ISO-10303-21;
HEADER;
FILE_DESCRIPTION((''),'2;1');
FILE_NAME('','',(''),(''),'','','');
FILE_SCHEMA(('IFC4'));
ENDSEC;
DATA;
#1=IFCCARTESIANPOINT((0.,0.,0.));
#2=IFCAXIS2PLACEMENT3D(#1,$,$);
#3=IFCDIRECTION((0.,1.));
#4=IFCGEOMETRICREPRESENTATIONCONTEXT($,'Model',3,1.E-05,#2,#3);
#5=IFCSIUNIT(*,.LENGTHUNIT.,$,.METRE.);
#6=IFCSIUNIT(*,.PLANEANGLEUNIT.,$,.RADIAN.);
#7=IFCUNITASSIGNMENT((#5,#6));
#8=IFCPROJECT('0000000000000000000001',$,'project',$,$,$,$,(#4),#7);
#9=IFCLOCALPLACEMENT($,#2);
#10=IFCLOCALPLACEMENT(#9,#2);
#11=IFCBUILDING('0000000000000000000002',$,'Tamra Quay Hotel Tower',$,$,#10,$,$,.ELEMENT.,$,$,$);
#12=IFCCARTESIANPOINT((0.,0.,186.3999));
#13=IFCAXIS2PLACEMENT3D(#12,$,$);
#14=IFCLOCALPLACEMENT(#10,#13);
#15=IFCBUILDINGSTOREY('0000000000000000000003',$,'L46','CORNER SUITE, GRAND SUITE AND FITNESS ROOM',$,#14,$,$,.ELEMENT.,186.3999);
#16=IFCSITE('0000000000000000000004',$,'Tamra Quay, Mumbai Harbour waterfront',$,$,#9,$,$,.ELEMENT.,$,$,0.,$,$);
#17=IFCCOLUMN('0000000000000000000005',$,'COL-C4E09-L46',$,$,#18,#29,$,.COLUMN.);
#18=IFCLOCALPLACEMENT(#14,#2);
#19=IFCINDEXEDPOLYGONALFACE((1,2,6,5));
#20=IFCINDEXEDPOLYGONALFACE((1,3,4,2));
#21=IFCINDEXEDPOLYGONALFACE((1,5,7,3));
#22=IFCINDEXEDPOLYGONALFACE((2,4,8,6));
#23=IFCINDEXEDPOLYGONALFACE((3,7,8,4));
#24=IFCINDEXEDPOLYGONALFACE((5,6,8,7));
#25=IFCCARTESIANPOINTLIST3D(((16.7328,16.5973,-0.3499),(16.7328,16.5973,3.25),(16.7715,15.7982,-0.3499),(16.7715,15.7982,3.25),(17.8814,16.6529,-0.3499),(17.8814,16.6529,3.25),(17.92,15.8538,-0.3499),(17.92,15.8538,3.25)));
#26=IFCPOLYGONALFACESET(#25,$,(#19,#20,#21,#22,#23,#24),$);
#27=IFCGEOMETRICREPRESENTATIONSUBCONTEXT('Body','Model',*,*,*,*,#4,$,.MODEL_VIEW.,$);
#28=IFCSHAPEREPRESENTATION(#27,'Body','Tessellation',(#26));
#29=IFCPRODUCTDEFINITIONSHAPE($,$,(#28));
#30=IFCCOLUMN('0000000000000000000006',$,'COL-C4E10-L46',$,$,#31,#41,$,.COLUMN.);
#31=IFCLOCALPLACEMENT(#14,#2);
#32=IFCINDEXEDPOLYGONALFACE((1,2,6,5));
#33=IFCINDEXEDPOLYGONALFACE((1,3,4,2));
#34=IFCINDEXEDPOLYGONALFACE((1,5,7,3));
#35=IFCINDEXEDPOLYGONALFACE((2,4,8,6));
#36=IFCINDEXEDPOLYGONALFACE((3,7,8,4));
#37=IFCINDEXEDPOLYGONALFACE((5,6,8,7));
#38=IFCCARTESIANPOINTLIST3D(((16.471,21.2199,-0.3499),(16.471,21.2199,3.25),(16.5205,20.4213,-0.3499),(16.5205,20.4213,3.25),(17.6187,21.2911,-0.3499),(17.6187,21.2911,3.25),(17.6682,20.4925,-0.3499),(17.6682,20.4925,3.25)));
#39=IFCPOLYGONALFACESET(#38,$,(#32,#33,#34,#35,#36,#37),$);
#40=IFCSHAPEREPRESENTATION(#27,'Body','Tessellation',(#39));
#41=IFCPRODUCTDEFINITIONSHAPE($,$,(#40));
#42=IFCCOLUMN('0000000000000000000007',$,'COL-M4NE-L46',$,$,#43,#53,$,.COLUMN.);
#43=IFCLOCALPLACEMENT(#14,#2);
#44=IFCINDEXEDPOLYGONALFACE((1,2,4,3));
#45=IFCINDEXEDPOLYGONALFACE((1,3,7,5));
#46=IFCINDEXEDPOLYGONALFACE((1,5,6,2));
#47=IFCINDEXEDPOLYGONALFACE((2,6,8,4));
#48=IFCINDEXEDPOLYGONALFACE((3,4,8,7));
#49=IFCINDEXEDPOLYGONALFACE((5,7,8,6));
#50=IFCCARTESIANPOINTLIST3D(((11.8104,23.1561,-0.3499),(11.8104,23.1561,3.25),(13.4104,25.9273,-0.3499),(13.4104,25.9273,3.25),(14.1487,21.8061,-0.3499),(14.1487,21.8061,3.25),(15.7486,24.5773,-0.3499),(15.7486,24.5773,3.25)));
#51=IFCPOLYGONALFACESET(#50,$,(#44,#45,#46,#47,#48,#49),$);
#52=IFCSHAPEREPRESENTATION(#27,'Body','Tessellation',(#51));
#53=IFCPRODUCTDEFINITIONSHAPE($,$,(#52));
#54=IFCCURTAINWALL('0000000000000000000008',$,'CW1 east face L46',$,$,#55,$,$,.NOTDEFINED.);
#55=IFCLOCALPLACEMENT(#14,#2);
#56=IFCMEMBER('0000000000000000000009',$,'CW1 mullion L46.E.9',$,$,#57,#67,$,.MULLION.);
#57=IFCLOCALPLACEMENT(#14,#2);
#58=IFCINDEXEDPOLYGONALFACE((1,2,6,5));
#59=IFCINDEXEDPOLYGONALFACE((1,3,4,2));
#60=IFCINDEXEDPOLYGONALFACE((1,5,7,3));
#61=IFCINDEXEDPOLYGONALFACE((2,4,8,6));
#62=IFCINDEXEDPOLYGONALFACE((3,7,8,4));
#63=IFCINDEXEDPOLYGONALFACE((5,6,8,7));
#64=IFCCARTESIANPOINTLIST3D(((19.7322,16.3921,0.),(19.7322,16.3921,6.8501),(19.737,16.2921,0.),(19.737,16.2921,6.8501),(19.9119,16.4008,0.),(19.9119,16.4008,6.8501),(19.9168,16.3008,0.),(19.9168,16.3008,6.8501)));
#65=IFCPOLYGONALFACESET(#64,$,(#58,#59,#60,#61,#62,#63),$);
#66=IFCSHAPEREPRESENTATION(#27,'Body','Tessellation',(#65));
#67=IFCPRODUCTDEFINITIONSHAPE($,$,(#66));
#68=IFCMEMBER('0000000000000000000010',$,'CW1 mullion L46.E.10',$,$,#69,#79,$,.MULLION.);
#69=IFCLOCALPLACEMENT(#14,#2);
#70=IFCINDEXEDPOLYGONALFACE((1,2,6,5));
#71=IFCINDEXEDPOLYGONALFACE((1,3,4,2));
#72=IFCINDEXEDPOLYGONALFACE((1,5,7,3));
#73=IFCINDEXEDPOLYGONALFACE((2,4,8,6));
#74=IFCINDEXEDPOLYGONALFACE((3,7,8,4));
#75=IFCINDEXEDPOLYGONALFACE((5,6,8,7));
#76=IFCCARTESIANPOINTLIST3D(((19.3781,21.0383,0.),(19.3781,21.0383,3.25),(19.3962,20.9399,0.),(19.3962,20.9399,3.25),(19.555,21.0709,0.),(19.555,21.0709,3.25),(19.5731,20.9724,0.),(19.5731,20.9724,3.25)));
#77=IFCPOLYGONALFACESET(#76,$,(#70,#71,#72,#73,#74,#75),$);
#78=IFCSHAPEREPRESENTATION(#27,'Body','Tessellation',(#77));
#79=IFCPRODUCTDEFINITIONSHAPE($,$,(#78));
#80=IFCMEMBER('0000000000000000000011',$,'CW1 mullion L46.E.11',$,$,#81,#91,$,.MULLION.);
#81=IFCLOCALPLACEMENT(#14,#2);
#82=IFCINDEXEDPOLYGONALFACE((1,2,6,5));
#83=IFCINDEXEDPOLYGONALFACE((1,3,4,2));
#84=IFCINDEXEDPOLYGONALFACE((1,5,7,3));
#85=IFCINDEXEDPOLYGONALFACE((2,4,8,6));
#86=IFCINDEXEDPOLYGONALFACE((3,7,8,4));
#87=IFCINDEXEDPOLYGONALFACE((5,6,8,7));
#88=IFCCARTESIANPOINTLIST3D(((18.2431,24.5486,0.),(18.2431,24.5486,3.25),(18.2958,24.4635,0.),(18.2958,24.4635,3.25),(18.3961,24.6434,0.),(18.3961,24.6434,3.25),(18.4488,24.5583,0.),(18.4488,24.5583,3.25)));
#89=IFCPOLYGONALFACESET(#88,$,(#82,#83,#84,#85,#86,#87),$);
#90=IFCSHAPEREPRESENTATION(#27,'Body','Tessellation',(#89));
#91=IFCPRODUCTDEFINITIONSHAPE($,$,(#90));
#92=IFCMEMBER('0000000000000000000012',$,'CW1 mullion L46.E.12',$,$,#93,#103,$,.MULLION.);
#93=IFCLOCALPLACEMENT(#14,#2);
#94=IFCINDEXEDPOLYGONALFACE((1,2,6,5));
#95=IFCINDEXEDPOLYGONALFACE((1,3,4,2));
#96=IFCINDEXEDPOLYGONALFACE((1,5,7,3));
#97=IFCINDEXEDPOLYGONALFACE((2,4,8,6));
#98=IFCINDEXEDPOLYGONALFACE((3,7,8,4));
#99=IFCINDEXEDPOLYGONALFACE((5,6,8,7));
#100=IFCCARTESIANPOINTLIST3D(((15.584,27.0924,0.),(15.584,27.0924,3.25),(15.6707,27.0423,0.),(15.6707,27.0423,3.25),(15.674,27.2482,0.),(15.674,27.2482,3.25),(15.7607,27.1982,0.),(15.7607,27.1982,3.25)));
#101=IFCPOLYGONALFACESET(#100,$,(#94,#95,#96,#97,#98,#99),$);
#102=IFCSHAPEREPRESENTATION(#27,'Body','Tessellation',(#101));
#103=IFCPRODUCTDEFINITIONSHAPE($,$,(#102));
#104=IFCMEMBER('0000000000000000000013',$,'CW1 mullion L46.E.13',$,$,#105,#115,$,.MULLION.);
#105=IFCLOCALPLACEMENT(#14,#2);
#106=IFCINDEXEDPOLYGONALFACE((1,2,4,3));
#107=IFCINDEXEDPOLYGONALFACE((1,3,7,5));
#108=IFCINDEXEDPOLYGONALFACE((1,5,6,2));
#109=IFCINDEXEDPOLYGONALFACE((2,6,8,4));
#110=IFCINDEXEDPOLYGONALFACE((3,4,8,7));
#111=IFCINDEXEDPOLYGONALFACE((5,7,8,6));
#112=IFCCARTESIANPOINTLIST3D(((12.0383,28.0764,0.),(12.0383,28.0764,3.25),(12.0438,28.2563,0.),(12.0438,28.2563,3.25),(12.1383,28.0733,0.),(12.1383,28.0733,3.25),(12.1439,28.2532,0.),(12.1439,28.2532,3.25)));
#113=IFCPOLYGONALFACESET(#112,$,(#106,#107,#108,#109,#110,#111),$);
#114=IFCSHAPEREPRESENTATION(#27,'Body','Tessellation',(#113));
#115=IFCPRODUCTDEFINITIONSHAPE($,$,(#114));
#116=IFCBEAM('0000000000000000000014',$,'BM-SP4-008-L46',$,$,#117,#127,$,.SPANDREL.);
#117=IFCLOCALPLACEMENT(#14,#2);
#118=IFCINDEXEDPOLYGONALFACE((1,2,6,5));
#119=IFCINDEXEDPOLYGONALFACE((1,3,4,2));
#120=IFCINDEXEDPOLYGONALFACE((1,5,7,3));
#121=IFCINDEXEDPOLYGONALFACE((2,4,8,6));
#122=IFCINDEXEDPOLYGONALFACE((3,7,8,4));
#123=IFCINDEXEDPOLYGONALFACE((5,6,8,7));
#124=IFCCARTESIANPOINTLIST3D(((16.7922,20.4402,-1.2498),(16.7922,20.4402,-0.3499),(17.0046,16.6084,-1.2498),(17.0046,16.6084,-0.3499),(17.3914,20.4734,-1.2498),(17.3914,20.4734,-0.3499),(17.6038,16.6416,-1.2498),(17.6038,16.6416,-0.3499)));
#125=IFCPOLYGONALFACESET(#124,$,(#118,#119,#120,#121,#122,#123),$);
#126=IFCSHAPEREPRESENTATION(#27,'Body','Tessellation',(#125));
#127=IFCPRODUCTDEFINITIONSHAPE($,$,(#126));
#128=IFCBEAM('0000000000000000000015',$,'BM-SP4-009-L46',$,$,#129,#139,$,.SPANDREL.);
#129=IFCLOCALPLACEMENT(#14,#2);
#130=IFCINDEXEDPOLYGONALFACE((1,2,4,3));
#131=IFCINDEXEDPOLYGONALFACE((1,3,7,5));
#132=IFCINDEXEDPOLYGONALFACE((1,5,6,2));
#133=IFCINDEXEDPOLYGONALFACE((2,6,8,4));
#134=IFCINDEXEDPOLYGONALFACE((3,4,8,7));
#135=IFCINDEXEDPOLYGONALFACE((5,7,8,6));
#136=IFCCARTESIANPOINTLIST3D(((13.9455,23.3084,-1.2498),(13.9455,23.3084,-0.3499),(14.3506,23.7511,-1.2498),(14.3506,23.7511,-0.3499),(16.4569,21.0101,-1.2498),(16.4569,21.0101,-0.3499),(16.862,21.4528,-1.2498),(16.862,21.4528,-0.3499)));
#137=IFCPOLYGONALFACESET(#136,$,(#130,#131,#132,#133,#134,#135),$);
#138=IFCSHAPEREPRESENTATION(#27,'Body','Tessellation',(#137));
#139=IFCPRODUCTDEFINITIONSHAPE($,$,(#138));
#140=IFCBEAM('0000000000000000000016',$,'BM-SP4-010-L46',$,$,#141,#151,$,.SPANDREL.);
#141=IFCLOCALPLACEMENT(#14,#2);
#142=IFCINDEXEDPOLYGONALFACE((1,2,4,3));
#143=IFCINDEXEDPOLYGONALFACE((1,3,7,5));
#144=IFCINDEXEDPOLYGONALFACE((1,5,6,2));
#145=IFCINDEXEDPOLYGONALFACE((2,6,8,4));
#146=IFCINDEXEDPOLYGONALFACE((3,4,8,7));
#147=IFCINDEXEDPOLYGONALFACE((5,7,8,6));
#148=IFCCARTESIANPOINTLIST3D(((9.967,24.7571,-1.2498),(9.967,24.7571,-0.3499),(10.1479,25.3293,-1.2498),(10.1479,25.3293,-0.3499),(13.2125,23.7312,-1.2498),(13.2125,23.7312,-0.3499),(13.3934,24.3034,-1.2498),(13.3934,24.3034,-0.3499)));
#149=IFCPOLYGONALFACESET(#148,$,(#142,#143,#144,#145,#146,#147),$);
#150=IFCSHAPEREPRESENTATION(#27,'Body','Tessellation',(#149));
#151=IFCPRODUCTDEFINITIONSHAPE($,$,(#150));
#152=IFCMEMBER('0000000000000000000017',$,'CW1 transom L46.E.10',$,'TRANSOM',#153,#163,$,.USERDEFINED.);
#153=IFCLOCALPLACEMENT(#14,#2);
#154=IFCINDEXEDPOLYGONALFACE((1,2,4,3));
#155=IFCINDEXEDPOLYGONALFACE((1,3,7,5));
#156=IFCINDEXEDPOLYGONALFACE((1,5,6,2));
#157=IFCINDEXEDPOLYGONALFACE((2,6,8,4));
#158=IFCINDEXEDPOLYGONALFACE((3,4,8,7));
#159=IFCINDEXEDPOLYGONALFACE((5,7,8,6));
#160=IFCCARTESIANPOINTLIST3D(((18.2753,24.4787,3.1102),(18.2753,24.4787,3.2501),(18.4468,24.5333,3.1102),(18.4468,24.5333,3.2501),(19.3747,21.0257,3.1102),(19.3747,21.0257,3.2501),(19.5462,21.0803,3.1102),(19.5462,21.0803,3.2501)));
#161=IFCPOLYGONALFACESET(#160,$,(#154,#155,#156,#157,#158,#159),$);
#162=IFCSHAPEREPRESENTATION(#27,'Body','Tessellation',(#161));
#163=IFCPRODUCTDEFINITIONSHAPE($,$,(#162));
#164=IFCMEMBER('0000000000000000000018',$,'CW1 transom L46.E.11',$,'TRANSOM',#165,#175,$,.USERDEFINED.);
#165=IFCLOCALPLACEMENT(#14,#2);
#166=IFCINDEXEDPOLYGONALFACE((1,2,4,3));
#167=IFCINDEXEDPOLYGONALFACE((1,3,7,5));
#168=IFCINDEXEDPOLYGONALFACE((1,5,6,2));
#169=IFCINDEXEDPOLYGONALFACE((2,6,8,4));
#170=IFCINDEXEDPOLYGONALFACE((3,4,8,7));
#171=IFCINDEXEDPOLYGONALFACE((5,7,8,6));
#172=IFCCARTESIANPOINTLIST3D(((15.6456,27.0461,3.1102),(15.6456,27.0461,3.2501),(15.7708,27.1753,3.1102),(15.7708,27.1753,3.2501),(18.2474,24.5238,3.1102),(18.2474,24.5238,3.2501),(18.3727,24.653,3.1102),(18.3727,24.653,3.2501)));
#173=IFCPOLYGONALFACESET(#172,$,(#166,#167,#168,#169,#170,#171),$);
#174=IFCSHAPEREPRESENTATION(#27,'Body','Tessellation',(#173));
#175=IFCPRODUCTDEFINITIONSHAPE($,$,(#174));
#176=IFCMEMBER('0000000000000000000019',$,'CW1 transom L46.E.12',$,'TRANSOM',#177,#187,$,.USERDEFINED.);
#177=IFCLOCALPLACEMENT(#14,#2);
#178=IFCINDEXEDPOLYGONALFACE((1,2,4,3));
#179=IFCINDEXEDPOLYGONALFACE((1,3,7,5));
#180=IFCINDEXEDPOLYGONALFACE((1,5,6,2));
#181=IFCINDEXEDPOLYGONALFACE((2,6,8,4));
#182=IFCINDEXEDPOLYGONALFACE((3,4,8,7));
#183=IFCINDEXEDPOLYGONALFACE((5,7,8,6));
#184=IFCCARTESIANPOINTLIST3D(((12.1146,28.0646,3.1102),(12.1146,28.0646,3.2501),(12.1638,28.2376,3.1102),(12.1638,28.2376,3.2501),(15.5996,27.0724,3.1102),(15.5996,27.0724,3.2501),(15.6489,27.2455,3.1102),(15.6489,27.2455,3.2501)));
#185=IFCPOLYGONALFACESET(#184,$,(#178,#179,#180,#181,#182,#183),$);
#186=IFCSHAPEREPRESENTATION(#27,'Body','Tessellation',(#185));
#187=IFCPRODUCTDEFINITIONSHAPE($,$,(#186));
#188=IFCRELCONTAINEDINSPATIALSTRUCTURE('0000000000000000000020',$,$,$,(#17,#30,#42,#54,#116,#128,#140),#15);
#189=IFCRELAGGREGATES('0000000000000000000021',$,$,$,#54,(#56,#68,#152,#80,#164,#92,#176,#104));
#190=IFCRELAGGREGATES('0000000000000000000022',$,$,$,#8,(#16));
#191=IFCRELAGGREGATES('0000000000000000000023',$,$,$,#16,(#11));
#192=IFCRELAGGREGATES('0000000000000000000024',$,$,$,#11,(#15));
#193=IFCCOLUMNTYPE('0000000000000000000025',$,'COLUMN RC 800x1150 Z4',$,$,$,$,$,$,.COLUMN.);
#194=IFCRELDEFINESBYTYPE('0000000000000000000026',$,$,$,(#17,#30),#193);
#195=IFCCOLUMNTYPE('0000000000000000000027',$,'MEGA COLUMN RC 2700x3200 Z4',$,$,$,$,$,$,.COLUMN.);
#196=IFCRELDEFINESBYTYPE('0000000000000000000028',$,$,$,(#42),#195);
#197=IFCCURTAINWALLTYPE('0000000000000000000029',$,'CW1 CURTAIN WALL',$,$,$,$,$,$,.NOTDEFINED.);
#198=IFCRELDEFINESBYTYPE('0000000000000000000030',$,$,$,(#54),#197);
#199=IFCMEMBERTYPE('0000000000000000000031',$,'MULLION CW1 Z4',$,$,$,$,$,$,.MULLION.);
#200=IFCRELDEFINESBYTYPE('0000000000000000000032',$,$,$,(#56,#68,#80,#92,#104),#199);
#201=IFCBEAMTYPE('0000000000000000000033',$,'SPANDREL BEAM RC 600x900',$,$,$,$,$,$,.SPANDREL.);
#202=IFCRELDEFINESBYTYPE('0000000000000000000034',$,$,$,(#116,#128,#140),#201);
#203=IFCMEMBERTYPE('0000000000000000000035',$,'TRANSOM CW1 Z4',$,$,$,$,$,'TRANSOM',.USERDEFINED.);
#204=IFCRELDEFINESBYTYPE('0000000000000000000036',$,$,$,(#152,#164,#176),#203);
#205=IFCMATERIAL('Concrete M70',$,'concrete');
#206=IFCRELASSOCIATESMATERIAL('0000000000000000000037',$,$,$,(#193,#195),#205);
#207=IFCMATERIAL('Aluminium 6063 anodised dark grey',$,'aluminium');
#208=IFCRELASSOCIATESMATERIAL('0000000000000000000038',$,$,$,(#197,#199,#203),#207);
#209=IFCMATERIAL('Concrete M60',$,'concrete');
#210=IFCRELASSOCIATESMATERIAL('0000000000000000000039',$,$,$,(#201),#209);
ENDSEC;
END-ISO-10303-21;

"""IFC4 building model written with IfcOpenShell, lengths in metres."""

from ifc_helpers import new_model, si_unit, direction, frame, origin, origin_2d, place, context, subcontext, project, spatial, rectangle, extrude, material, material_profile, profile_set, type_object, element, aggregate, save


model = new_model("IFC4")

# Units and contexts
model_context = context("Model", 3, precision=1e-05, world=origin(), true_north=direction((0.0, 1.0)))
body_context = subcontext(model_context, "Body", "Model", "MODEL_VIEW")
ifc_project = project(units=[si_unit("LENGTHUNIT", "METRE"), si_unit("PLANEANGLEUNIT", "RADIAN")], contexts=[model_context])

# Site, building, storey
site_placement = place(None, origin())
site = spatial("IfcSite", under=ifc_project, at=site_placement, Name="Tamra Quay, Mumbai Harbour waterfront", CompositionType="ELEMENT", RefElevation=0.0)
building_placement = place(site_placement, origin())
building = spatial("IfcBuilding", under=site, at=building_placement, Name="Tamra Quay Hotel Tower", CompositionType="ELEMENT")
storey_placement = place(building_placement, frame((0.0, 0.0, 186.3999)))
storey = spatial("IfcBuildingStorey", under=building, at=storey_placement, Name="L46", Description="CORNER SUITE, GRAND SUITE AND FITNESS ROOM", CompositionType="ELEMENT", Elevation=186.3999)

# Columns
ifc_material_1 = material(Name="Concrete M70", Category="concrete")
ifc_material_profile_1 = material_profile(ifc_material_1, rectangle(XDim=1.1499, YDim=0.8, at=origin_2d()), Name="COLUMN RC 800x1150 Z4")
ifc_profile_set_1 = profile_set([ifc_material_profile_1], Name="Concrete M70")
column_type_1 = type_object("IfcColumnType", Name="COLUMN RC 800x1150 Z4", PredefinedType="COLUMN", material=ifc_profile_set_1)
for number, where, z_axis, x_axis, name in (
    (1, (17.3264, 16.2256, -0.3499), (0.0, 0.0, 1.0), (0.998831, 0.048344, 0.0), "COL-C4E09-L46"),
    (2, (17.0696, 20.8562, -0.3499), (0.0, 0.0, 1.0), (0.998081, 0.061921, 0.0), "COL-C4E10-L46"),
):
    element("IfcColumn", number, at=place(storey_placement, frame(where, z_axis=z_axis, x_axis=x_axis)), inside=storey, type_object=column_type_1, Name=name, PredefinedType="COLUMN", context=body_context, shape_type="SweptSolid", body=[
        extrude(rectangle(XDim=1.1499, YDim=0.8, at=origin_2d()), origin(), (0.0, 0.0, 1.0), 3.5999),
    ])
ifc_material_profile_2 = material_profile(ifc_material_1, rectangle(XDim=3.2, YDim=2.7, at=origin_2d()), Name="MEGA COLUMN RC 2700x3200 Z4")
ifc_profile_set_2 = profile_set([ifc_material_profile_2], Name="Concrete M70")
column_type_2 = type_object("IfcColumnType", Name="MEGA COLUMN RC 2700x3200 Z4", PredefinedType="COLUMN", material=ifc_profile_set_2)
column_placement = place(storey_placement, frame((13.7795, 23.8667, -0.3499), z_axis=(0.0, 0.0, 1.0), x_axis=(0.5, 0.866025, 0.0)))
element("IfcColumn", 3, at=column_placement, inside=storey, type_object=column_type_2, Name="COL-M4NE-L46", PredefinedType="COLUMN", context=body_context, shape_type="SweptSolid", body=[
    extrude(rectangle(XDim=3.2, YDim=2.7, at=origin_2d()), origin(), (0.0, 0.0, 1.0), 3.5999),
])

# Curtain wall, members
ifc_material_2 = material(Name="Aluminium 6063 anodised dark grey", Category="aluminium")
curtain_wall_type = type_object("IfcCurtainWallType", Name="CW1 CURTAIN WALL", PredefinedType="NOTDEFINED", material=ifc_material_2)
curtain_wall_placement = place(storey_placement, origin())
curtain_wall = element("IfcCurtainWall", 4, at=curtain_wall_placement, inside=storey, type_object=curtain_wall_type, Name="CW1 east face L46", PredefinedType="NOTDEFINED")
ifc_material_profile_3 = material_profile(ifc_material_2, rectangle(XDim=0.1799, YDim=0.1001, at=origin_2d()), Name="MULLION 100X180")
ifc_profile_set_3 = profile_set([ifc_material_profile_3], Name="Aluminium 6063 anodised dark grey")
member_type_1 = type_object("IfcMemberType", Name="MULLION CW1 Z4", PredefinedType="MULLION", material=ifc_profile_set_3)
member_1_placement = place(storey_placement, frame((19.8245, 16.3464, 0.0), z_axis=(0.0, 0.0, 1.0), x_axis=(0.998823, 0.048509, 0.0)))
member_1 = element("IfcMember", 5, at=member_1_placement, type_object=member_type_1, Name="CW1 mullion L46.E.9", PredefinedType="MULLION", context=body_context, shape_type="SweptSolid", body=[
    extrude(rectangle(XDim=0.1799, YDim=0.1001, at=origin_2d()), origin(), (0.0, 0.0, 1.0), 6.8501),
])
member_2_placement = place(storey_placement, frame((19.4756, 21.0054, 0.0), z_axis=(0.0, 0.0, 1.0), x_axis=(0.983509, 0.180857, 0.0)))
member_2 = element("IfcMember", 6, at=member_2_placement, type_object=member_type_1, Name="CW1 mullion L46.E.10", PredefinedType="MULLION", context=body_context, shape_type="SweptSolid", body=[
    extrude(rectangle(XDim=0.1799, YDim=0.1001, at=origin_2d()), origin(), (0.0, 0.0, 1.0), 3.25),
])
member_3_placement = place(storey_placement, frame((18.3459, 24.5535, 0.0), z_axis=(0.0, 0.0, 1.0), x_axis=(0.850122, 0.526586, 0.0)))
member_3 = element("IfcMember", 7, at=member_3_placement, type_object=member_type_1, Name="CW1 mullion L46.E.11", PredefinedType="MULLION", context=body_context, shape_type="SweptSolid", body=[
    extrude(rectangle(XDim=0.1799, YDim=0.1001, at=origin_2d()), origin(), (0.0, 0.0, 1.0), 3.25),
])
member_4_placement = place(storey_placement, frame((15.6724, 27.1453, 0.0), z_axis=(0.0, 0.0, 1.0), x_axis=(0.5, 0.866025, 0.0)))
member_4 = element("IfcMember", 8, at=member_4_placement, type_object=member_type_1, Name="CW1 mullion L46.E.12", PredefinedType="MULLION", context=body_context, shape_type="SweptSolid", body=[
    extrude(rectangle(XDim=0.1799, YDim=0.1001, at=origin_2d()), origin(), (0.0, 0.0, 1.0), 3.25),
])
member_5_placement = place(storey_placement, frame((12.0911, 28.1648, 0.0), z_axis=(0.0, 0.0, 1.0), x_axis=(0.030975, 0.99952, 0.0)))
member_5 = element("IfcMember", 9, at=member_5_placement, type_object=member_type_1, Name="CW1 mullion L46.E.13", PredefinedType="MULLION", context=body_context, shape_type="SweptSolid", body=[
    extrude(rectangle(XDim=0.1799, YDim=0.1001, at=origin_2d()), origin(), (0.0, 0.0, 1.0), 3.25),
])

# Beams
ifc_material_3 = material(Name="Concrete M60", Category="concrete")
ifc_material_profile_4 = material_profile(ifc_material_3, rectangle(XDim=0.6001, YDim=0.8999, at=origin_2d()), Name="SPANDREL BEAM RC 600x900")
ifc_profile_set_4 = profile_set([ifc_material_profile_4], Name="Concrete M60")
beam_type = type_object("IfcBeamType", Name="SPANDREL BEAM RC 600x900", PredefinedType="SPANDREL", material=ifc_profile_set_4)
beam_1_placement = place(storey_placement, frame((17.3042, 16.625, -0.7998), z_axis=(-0.055347, 0.998467, 0.0), x_axis=(-0.998467, -0.055347, 0.0)))
element("IfcBeam", 10, at=beam_1_placement, inside=storey, type_object=beam_type, Name="BM-SP4-008-L46", PredefinedType="SPANDREL", context=body_context, shape_type="SweptSolid", body=[
    extrude(rectangle(XDim=0.6001, YDim=0.8999, at=origin_2d()), origin(), (0.0, 0.0, 1.0), 3.8376),
])
beam_2_placement = place(storey_placement, frame((16.6594, 21.2314, -0.7998), z_axis=(-0.737716, 0.675111, 0.0), x_axis=(-0.675111, -0.737716, 0.0)))
element("IfcBeam", 11, at=beam_2_placement, inside=storey, type_object=beam_type, Name="BM-SP4-009-L46", PredefinedType="SPANDREL", context=body_context, shape_type="SweptSolid", body=[
    extrude(rectangle(XDim=0.6001, YDim=0.8999, at=origin_2d()), origin(), (0.0, 0.0, 1.0), 3.4043),
])
beam_3_placement = place(storey_placement, frame((13.303, 24.0173, -0.7998), z_axis=(-0.953502, 0.301385, 0.0), x_axis=(-0.301385, -0.953502, 0.0)))
element("IfcBeam", 12, at=beam_3_placement, inside=storey, type_object=beam_type, Name="BM-SP4-010-L46", PredefinedType="SPANDREL", context=body_context, shape_type="SweptSolid", body=[
    extrude(rectangle(XDim=0.6001, YDim=0.8999, at=origin_2d()), origin(), (0.0, 0.0, 1.0), 3.4038),
])

# Members
ifc_material_profile_5 = material_profile(ifc_material_2, rectangle(XDim=0.1799, YDim=0.1399, at=origin_2d()), Name="TRANSOM 180X140")
ifc_profile_set_5 = profile_set([ifc_material_profile_5], Name="Aluminium 6063 anodised dark grey")
member_type_2 = type_object("IfcMemberType", Name="TRANSOM CW1 Z4", ElementType="TRANSOM", PredefinedType="USERDEFINED", material=ifc_profile_set_5)
member_6_placement = place(storey_placement, frame((19.4604, 21.053, 3.1802), z_axis=(-0.303384, 0.952868, 0.0), x_axis=(-0.952868, -0.303384, 0.0)))
member_6 = element("IfcMember", 13, at=member_6_placement, type_object=member_type_2, Name="CW1 transom L46.E.10", ObjectType="TRANSOM", PredefinedType="USERDEFINED", context=body_context, shape_type="SweptSolid", body=[
    extrude(rectangle(XDim=0.1799, YDim=0.1399, at=origin_2d()), origin(), (0.0, 0.0, 1.0), 3.6238),
])
member_7_placement = place(storey_placement, frame((18.3101, 24.5884, 3.1802), z_axis=(-0.718003, 0.69604, 0.0), x_axis=(-0.69604, -0.718003, 0.0)))
member_7 = element("IfcMember", 14, at=member_7_placement, type_object=member_type_2, Name="CW1 transom L46.E.11", ObjectType="TRANSOM", PredefinedType="USERDEFINED", context=body_context, shape_type="SweptSolid", body=[
    extrude(rectangle(XDim=0.1799, YDim=0.1399, at=origin_2d()), origin(), (0.0, 0.0, 1.0), 3.6238),
])
member_8_placement = place(storey_placement, frame((15.6243, 27.1589, 3.1802), z_axis=(-0.961783, 0.273813, 0.0), x_axis=(-0.273813, -0.961783, 0.0)))
member_8 = element("IfcMember", 15, at=member_8_placement, type_object=member_type_2, Name="CW1 transom L46.E.12", ObjectType="TRANSOM", PredefinedType="USERDEFINED", context=body_context, shape_type="SweptSolid", body=[
    extrude(rectangle(XDim=0.1799, YDim=0.1399, at=origin_2d()), origin(), (0.0, 0.0, 1.0), 3.6235),
])

aggregate(curtain_wall, [member_1, member_2, member_6, member_3, member_7, member_4, member_8, member_5])

save(model, "model.ifc")
